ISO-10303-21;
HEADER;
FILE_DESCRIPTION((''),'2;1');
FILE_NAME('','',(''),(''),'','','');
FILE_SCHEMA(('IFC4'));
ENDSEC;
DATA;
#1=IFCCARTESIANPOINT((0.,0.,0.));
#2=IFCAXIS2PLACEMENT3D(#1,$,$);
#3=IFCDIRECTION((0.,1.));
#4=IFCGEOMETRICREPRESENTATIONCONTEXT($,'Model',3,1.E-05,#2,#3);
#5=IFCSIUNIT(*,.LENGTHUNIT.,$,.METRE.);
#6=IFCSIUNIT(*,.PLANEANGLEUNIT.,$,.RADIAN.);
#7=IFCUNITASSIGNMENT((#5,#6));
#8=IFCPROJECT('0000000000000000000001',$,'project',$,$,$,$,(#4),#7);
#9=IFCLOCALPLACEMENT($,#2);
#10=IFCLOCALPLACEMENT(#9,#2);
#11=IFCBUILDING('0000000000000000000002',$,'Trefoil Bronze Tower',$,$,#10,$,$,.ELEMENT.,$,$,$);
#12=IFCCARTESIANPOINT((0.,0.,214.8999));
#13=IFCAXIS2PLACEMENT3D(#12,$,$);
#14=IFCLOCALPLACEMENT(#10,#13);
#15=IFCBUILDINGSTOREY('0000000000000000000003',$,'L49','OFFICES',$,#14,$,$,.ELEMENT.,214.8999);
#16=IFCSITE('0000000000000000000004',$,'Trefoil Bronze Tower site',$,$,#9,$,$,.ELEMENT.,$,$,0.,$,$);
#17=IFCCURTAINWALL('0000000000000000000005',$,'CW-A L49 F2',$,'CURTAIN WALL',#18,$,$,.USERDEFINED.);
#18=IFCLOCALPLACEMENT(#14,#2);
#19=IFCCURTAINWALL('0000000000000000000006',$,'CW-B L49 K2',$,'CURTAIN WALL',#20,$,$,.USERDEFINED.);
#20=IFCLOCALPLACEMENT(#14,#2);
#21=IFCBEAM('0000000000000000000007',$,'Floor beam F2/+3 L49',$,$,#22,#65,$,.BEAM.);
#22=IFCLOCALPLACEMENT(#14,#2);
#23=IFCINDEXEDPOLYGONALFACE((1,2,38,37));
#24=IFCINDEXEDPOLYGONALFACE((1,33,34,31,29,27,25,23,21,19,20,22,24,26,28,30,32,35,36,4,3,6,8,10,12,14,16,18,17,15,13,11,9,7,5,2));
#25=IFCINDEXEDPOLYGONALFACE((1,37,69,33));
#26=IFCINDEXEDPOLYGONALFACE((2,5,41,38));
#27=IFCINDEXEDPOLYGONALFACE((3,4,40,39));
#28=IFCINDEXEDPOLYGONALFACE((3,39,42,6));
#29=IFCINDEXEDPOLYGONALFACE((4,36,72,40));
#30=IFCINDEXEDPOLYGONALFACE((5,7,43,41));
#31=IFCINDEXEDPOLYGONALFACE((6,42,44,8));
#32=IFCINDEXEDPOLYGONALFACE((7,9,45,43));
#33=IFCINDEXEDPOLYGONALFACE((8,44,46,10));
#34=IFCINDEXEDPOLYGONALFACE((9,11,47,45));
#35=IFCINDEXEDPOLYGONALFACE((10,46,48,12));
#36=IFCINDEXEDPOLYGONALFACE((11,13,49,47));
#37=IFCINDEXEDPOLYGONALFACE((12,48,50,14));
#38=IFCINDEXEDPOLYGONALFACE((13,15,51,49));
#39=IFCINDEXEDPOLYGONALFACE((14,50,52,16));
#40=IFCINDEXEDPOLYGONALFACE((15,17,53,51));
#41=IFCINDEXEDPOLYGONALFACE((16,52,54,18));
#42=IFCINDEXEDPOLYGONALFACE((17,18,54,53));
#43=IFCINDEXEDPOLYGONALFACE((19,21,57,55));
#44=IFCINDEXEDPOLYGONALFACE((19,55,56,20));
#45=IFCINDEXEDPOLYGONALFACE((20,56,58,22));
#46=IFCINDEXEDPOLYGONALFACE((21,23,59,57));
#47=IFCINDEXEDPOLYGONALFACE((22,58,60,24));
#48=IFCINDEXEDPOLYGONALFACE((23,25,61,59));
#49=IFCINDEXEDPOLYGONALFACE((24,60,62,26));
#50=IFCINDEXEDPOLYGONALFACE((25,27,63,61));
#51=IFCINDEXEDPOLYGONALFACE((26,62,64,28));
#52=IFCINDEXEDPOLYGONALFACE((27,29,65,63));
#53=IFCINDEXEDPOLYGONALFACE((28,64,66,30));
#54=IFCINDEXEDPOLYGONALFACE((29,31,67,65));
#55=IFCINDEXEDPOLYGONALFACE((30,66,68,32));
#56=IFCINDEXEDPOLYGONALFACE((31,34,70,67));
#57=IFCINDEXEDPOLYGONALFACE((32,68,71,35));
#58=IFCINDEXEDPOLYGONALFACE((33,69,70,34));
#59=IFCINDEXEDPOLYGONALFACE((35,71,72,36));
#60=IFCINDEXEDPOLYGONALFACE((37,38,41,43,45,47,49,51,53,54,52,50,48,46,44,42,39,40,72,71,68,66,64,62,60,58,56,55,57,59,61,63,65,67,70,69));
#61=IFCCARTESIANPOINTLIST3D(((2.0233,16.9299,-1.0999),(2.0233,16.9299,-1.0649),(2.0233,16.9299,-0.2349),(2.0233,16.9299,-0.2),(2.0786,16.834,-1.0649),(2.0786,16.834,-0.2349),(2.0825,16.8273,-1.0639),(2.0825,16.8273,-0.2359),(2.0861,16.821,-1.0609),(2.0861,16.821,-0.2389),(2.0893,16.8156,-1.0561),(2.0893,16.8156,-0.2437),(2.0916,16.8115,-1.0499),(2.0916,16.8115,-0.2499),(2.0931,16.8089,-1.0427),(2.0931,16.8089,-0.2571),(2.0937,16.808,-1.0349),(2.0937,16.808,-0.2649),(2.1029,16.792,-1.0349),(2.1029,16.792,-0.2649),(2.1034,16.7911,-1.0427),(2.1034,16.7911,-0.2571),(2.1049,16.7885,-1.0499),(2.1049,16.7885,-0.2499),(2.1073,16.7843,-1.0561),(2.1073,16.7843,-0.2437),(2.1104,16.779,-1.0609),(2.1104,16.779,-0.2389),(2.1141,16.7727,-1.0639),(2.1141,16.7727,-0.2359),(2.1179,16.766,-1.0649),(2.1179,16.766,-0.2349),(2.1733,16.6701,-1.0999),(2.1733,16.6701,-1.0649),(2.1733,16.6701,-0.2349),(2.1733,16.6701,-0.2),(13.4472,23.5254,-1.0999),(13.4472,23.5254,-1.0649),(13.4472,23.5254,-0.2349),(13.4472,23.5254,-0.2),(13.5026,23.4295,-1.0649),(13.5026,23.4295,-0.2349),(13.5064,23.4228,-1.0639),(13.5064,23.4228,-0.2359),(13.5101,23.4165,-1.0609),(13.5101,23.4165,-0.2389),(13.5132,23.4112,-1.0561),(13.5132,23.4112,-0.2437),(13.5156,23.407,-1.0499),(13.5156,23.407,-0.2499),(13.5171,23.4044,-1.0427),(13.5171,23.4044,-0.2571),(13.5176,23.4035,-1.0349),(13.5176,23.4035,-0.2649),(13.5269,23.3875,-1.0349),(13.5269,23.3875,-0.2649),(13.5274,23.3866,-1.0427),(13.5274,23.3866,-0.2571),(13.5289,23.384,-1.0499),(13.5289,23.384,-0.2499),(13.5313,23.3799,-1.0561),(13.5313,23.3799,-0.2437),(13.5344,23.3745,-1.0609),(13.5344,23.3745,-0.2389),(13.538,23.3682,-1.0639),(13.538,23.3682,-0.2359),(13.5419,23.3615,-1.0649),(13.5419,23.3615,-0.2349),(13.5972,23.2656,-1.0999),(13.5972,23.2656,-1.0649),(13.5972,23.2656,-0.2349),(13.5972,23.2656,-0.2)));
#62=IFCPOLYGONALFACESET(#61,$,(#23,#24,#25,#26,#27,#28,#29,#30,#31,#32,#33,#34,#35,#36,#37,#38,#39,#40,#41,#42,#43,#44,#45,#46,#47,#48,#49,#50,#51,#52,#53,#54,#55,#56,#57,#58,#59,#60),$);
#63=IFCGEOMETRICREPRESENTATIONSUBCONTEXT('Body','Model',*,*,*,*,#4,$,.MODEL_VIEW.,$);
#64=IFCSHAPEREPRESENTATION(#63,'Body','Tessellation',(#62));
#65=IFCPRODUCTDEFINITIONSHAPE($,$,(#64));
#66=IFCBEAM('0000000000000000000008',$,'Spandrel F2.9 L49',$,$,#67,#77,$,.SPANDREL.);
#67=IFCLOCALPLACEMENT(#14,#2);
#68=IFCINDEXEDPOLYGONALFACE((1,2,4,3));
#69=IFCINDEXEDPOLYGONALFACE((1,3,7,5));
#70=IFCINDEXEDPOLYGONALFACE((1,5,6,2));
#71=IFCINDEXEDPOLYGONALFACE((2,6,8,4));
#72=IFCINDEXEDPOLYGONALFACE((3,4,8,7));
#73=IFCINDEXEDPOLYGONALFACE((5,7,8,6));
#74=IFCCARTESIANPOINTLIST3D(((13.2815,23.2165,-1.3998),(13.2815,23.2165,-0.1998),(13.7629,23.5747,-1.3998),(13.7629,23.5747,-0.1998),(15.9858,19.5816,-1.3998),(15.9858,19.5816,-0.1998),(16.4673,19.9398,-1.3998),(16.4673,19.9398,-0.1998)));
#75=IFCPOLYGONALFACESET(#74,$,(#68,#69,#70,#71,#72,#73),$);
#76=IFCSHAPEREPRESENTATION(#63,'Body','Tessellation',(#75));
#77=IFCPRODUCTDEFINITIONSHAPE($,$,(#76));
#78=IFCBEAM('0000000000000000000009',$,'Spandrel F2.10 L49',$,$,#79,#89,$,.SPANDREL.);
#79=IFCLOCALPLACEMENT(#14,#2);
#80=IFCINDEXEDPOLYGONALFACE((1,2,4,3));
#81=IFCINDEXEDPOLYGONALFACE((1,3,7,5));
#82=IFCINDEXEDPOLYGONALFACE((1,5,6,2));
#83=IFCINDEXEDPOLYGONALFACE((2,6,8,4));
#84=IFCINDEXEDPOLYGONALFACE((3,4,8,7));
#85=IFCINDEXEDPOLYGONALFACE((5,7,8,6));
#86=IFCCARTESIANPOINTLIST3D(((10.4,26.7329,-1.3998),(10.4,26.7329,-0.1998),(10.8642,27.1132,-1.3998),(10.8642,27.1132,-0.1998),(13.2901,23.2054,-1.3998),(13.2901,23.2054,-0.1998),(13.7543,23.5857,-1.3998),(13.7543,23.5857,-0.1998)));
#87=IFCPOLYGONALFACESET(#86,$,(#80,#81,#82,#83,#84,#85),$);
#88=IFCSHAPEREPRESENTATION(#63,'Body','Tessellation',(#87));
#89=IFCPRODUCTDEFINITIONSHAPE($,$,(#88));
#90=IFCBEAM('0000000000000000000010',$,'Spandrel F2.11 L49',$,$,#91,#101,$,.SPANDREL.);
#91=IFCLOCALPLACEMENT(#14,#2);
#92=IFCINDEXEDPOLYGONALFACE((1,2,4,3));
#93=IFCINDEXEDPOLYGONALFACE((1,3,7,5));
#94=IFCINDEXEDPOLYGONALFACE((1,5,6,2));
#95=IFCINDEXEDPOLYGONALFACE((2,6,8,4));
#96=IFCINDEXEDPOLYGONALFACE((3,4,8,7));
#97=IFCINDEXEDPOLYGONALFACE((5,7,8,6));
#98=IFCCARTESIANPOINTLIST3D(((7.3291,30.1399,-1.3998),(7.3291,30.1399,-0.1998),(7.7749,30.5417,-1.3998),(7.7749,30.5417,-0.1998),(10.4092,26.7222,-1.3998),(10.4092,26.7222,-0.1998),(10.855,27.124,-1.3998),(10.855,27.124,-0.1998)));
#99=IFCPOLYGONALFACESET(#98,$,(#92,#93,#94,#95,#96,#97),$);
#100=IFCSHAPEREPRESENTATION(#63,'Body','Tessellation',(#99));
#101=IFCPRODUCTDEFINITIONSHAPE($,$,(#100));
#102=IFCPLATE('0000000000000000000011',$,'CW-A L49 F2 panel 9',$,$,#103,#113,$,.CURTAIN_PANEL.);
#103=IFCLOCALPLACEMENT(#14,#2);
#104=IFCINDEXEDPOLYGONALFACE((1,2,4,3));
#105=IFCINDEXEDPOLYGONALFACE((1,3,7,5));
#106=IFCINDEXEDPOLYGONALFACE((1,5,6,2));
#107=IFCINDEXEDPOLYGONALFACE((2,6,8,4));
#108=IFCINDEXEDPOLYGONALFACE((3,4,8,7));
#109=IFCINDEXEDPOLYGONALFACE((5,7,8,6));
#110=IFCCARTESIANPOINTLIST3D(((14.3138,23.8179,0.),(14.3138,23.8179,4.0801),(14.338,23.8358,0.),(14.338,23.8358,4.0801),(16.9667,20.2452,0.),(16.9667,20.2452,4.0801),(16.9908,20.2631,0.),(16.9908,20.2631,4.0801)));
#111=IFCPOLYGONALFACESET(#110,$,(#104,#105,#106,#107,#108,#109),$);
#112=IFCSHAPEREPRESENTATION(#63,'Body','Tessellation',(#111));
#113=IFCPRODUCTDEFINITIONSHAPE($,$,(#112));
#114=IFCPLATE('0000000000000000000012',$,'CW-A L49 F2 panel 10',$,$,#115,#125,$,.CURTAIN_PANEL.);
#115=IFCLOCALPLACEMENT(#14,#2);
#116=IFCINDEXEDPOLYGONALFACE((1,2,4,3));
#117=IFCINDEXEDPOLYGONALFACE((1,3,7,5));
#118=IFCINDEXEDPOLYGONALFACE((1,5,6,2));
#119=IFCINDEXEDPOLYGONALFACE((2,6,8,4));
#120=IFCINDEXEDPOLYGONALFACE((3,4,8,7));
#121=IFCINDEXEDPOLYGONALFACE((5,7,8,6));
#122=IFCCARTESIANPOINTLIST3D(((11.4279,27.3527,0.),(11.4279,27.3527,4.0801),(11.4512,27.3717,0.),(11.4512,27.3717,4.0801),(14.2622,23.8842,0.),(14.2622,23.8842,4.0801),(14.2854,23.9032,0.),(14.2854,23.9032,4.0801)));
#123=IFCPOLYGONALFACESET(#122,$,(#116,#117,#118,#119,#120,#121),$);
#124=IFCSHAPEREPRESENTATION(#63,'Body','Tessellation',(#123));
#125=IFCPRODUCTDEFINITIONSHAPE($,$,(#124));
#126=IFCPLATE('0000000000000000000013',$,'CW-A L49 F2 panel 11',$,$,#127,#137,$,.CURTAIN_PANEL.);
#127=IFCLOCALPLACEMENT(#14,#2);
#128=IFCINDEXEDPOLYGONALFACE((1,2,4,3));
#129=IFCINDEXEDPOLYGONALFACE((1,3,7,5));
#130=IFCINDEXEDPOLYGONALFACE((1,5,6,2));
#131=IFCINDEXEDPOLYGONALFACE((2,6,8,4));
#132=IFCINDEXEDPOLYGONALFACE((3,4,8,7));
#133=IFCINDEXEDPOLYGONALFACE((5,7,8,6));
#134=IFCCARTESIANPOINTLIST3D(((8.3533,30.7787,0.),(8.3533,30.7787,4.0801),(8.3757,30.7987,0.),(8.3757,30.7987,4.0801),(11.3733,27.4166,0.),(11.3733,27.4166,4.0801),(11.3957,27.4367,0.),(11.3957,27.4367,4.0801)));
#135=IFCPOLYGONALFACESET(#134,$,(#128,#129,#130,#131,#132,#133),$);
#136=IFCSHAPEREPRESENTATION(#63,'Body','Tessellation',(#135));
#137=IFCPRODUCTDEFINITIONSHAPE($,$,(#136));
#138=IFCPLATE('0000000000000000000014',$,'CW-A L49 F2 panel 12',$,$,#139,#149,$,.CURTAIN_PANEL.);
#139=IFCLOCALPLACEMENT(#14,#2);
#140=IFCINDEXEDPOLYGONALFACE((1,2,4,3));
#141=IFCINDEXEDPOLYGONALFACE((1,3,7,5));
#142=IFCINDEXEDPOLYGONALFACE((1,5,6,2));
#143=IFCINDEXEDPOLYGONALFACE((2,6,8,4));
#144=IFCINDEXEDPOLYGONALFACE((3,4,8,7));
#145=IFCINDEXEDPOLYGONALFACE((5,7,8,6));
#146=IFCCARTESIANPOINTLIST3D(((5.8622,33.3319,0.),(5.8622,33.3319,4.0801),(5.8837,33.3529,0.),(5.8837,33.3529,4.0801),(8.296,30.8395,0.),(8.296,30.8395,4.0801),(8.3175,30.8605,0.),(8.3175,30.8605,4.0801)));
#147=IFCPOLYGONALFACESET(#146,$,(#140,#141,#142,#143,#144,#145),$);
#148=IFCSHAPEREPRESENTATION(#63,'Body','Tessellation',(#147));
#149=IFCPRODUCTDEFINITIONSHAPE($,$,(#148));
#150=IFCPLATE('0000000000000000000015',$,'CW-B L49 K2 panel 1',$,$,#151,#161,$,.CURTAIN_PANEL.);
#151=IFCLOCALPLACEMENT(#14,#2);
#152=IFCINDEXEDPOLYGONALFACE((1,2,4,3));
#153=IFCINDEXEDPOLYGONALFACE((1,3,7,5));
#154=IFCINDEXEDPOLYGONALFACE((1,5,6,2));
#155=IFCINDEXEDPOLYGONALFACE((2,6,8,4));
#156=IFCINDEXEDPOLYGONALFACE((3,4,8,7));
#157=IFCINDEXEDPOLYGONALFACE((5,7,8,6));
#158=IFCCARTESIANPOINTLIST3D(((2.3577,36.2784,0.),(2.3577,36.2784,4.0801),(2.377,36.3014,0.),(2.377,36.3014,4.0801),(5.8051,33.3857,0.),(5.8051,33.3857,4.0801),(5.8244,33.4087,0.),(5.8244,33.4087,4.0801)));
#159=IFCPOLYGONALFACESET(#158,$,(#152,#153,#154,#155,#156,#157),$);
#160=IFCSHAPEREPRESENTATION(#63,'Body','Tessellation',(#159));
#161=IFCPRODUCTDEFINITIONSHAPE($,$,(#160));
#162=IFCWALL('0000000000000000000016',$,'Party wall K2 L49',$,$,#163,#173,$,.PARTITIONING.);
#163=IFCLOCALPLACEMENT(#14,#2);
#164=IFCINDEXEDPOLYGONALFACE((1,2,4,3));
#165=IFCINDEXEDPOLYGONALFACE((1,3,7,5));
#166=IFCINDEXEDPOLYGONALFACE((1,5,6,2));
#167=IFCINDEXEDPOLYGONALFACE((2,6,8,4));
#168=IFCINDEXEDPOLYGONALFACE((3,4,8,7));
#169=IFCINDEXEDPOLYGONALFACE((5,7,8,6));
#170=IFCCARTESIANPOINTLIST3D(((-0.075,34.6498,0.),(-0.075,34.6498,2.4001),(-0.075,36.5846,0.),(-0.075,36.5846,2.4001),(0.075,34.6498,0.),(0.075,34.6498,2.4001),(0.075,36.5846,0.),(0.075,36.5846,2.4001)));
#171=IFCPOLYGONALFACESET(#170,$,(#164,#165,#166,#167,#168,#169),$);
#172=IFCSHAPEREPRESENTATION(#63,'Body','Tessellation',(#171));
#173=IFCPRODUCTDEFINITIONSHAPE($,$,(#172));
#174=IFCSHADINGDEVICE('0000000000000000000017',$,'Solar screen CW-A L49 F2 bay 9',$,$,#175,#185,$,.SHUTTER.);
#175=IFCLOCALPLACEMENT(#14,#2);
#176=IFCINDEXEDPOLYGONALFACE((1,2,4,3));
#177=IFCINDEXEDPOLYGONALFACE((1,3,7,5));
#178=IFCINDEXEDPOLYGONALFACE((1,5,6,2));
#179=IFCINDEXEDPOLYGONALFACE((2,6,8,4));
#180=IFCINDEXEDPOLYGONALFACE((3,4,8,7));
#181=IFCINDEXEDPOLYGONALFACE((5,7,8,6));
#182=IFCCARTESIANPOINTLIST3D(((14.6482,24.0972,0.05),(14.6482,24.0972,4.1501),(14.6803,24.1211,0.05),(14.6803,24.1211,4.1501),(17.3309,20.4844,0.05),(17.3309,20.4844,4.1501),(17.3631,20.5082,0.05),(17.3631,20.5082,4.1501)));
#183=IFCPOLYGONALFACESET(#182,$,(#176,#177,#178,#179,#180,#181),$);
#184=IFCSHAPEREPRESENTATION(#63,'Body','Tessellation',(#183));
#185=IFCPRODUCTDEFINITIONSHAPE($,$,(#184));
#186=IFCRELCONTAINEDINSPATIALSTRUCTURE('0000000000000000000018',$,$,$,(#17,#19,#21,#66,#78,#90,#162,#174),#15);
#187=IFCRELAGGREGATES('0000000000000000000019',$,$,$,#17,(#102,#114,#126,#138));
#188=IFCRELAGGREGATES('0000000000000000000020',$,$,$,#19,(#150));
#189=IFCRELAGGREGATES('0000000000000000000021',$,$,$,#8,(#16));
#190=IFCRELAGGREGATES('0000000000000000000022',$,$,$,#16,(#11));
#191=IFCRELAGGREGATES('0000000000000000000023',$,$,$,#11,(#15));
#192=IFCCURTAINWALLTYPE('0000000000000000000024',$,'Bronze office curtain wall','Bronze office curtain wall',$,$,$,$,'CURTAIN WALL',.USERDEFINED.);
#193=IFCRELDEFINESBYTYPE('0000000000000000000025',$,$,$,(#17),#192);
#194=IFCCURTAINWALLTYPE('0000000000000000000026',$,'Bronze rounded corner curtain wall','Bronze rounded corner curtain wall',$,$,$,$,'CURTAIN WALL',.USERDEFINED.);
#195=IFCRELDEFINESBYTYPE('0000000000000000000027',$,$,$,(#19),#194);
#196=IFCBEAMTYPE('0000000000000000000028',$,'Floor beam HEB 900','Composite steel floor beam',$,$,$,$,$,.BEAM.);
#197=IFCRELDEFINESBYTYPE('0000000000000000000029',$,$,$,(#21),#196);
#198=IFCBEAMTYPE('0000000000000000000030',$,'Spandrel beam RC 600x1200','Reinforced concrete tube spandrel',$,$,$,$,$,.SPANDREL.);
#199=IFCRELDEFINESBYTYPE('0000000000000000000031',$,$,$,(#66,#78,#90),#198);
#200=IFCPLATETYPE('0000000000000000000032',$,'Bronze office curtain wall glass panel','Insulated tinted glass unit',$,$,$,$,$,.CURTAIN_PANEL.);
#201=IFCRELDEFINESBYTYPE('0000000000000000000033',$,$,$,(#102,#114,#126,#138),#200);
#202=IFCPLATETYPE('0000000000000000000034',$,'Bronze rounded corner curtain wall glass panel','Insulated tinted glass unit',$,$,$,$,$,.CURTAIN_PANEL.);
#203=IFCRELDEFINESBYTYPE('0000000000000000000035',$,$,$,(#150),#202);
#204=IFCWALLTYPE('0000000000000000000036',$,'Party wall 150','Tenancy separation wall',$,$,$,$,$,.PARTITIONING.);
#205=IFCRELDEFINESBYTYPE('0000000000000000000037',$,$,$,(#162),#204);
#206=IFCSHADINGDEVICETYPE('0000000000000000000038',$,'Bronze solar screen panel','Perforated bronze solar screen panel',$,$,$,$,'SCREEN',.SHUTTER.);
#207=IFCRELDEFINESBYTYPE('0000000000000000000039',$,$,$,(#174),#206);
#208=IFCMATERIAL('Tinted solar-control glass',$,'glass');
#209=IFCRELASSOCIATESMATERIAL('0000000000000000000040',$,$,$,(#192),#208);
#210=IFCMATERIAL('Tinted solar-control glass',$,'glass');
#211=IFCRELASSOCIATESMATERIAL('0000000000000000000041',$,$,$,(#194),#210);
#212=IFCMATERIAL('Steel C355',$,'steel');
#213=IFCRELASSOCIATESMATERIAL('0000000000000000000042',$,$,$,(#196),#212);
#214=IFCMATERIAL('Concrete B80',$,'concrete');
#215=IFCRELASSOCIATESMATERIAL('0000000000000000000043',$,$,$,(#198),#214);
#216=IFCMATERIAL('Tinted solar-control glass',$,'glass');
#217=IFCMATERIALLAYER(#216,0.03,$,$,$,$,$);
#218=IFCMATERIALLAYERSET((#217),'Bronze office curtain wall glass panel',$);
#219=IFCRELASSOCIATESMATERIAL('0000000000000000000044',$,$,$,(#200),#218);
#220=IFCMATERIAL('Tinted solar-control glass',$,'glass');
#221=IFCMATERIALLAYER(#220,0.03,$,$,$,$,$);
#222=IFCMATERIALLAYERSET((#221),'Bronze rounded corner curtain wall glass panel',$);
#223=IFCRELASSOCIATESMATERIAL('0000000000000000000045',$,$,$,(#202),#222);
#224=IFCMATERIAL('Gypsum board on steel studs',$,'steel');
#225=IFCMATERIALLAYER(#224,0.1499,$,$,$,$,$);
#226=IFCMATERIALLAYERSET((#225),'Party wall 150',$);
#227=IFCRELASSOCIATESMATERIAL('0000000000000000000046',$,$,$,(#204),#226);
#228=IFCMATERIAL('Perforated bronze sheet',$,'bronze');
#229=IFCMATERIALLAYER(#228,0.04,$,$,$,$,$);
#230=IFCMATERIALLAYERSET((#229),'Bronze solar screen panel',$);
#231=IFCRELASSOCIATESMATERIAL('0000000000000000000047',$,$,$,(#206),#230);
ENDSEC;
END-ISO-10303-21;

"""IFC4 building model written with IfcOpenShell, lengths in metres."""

from ifc_helpers import new_model, si_unit, direction, frame, frame_2d, origin, origin_2d, place, context, subcontext, project, spatial, rectangle, i_section, extrude, material, layer, layer_set, material_profile, profile_set, type_object, element, aggregate, save


model = new_model("IFC4")

# Units and contexts
model_context = context("Model", 3, precision=1e-05, world=origin(), true_north=direction((0.0, 1.0)))
body_context = subcontext(model_context, "Body", "Model", "MODEL_VIEW")
ifc_project = project(units=[si_unit("LENGTHUNIT", "METRE"), si_unit("PLANEANGLEUNIT", "RADIAN")], contexts=[model_context])

# Site, building, storey
site_placement = place(None, origin())
site = spatial("IfcSite", under=ifc_project, at=site_placement, Name="Trefoil Bronze Tower site", CompositionType="ELEMENT", RefElevation=0.0)
building_placement = place(site_placement, origin())
building = spatial("IfcBuilding", under=site, at=building_placement, Name="Trefoil Bronze Tower", CompositionType="ELEMENT")
storey_placement = place(building_placement, frame((0.0, 0.0, 214.8999)))
storey = spatial("IfcBuildingStorey", under=building, at=storey_placement, Name="L49", Description="OFFICES", CompositionType="ELEMENT", Elevation=214.8999)

# Curtain walls
ifc_material_1 = material(Name="Tinted solar-control glass", Category="glass")
curtain_wall_type_1 = type_object("IfcCurtainWallType", Name="Bronze office curtain wall", Description="Bronze office curtain wall", ElementType="CURTAIN WALL", PredefinedType="USERDEFINED", material=ifc_material_1)
curtain_wall_1_placement = place(storey_placement, origin())
curtain_wall_1 = element("IfcCurtainWall", 1, at=curtain_wall_1_placement, inside=storey, type_object=curtain_wall_type_1, Name="CW-A L49 F2", ObjectType="CURTAIN WALL", PredefinedType="USERDEFINED")
ifc_material_2 = material(Name="Tinted solar-control glass", Category="glass")
curtain_wall_type_2 = type_object("IfcCurtainWallType", Name="Bronze rounded corner curtain wall", Description="Bronze rounded corner curtain wall", ElementType="CURTAIN WALL", PredefinedType="USERDEFINED", material=ifc_material_2)
curtain_wall_2_placement = place(storey_placement, origin())
curtain_wall_2 = element("IfcCurtainWall", 2, at=curtain_wall_2_placement, inside=storey, type_object=curtain_wall_type_2, Name="CW-B L49 K2", ObjectType="CURTAIN WALL", PredefinedType="USERDEFINED")

# Beams
ifc_material_3 = material(Name="Steel C355", Category="steel")
ifc_material_profile_1 = material_profile(ifc_material_3, i_section(OverallWidth=0.3, OverallDepth=0.8999, WebThickness=0.0186, FlangeThickness=0.0349, FilletRadius=0.03, at=origin_2d()), Name="HEB 900")
ifc_profile_set_1 = profile_set([ifc_material_profile_1], Name="Steel C355")
beam_type_1 = type_object("IfcBeamType", Name="Floor beam HEB 900", Description="Composite steel floor beam", PredefinedType="BEAM", material=ifc_profile_set_1)
beam_1_placement = place(storey_placement, frame((13.5222, 23.3955, -0.6499), z_axis=(-0.866028, -0.499995, 0.0), x_axis=(0.499995, -0.866028, 0.0)))
element("IfcBeam", 3, at=beam_1_placement, inside=storey, type_object=beam_type_1, Name="Floor beam F2/+3 L49", PredefinedType="BEAM", context=body_context, shape_type="SweptSolid", body=[
    extrude(i_section(OverallWidth=0.3, OverallDepth=0.8999, WebThickness=0.0186, FlangeThickness=0.0349, FilletRadius=0.03, at=origin_2d()), origin(), (0.0, 0.0, 1.0), 13.1912),
])
ifc_material_4 = material(Name="Concrete B80", Category="concrete")
ifc_material_profile_2 = material_profile(ifc_material_4, rectangle(XDim=0.6001, YDim=1.2, at=origin_2d()), Name="RC 600x1200")
ifc_profile_set_2 = profile_set([ifc_material_profile_2], Name="Concrete B80")
beam_type_2 = type_object("IfcBeamType", Name="Spandrel beam RC 600x1200", Description="Reinforced concrete tube spandrel", PredefinedType="SPANDREL", material=ifc_profile_set_2)
beam_2_placement = place(storey_placement, frame((16.2266, 19.7607, -0.7998), z_axis=(-0.596926, 0.802296, 0.0), x_axis=(-0.802296, -0.596926, 0.0)))
element("IfcBeam", 4, at=beam_2_placement, inside=storey, type_object=beam_type_2, Name="Spandrel F2.9 L49", PredefinedType="SPANDREL", context=body_context, shape_type="SweptSolid", body=[
    extrude(rectangle(XDim=0.6001, YDim=1.2, at=origin_2d()), origin(), (0.0, 0.0, 1.0), 4.5305),
])
beam_3_placement = place(storey_placement, frame((13.5222, 23.3955, -0.7998), z_axis=(-0.633754, 0.773535, 0.0), x_axis=(-0.773535, -0.633754, 0.0)))
element("IfcBeam", 5, at=beam_3_placement, inside=storey, type_object=beam_type_2, Name="Spandrel F2.10 L49", PredefinedType="SPANDREL", context=body_context, shape_type="SweptSolid", body=[
    extrude(rectangle(XDim=0.6001, YDim=1.2, at=origin_2d()), origin(), (0.0, 0.0, 1.0), 4.5603),
])
beam_4_placement = place(storey_placement, frame((10.6321, 26.9231, -0.7998), z_axis=(-0.66946, 0.742848, 0.0), x_axis=(-0.742848, -0.66946, 0.0)))
element("IfcBeam", 6, at=beam_4_placement, inside=storey, type_object=beam_type_2, Name="Spandrel F2.11 L49", PredefinedType="SPANDREL", context=body_context, shape_type="SweptSolid", body=[
    extrude(rectangle(XDim=0.6001, YDim=1.2, at=origin_2d()), origin(), (0.0, 0.0, 1.0), 4.6008),
])

# Plates
ifc_material_5 = material(Name="Tinted solar-control glass", Category="glass")
ifc_layer_1 = layer(ifc_material_5, 0.03)
ifc_layer_set_1 = layer_set([ifc_layer_1], Name="Bronze office curtain wall glass panel")
plate_type_1 = type_object("IfcPlateType", Name="Bronze office curtain wall glass panel", Description="Insulated tinted glass unit", PredefinedType="CURTAIN_PANEL", material=ifc_layer_set_1)
plate_1_placement = place(storey_placement, frame((15.6523, 22.0405, 0.0), z_axis=(0.0, 0.0, 1.0), x_axis=(-0.596162, 0.802865, 0.0)))
plate_1 = element("IfcPlate", 7, at=plate_1_placement, type_object=plate_type_1, Name="CW-A L49 F2 panel 9", PredefinedType="CURTAIN_PANEL", context=body_context, shape_type="SweptSolid", body=[
    extrude(rectangle(XDim=4.45, YDim=0.03, at=origin_2d()), origin(), (0.0, 0.0, 1.0), 4.0801),
])
plate_2_placement = place(storey_placement, frame((12.8567, 25.6279, 0.0), z_axis=(0.0, 0.0, 1.0), x_axis=(-0.632753, 0.774354, 0.0)))
plate_2 = element("IfcPlate", 8, at=plate_2_placement, type_object=plate_type_1, Name="CW-A L49 F2 panel 10", PredefinedType="CURTAIN_PANEL", context=body_context, shape_type="SweptSolid", body=[
    extrude(rectangle(XDim=4.4792, YDim=0.03, at=origin_2d()), origin(), (0.0, 0.0, 1.0), 4.0801),
])
plate_3_placement = place(storey_placement, frame((9.8745, 29.1077, 0.0), z_axis=(0.0, 0.0, 1.0), x_axis=(-0.668246, 0.743941, 0.0)))
plate_3 = element("IfcPlate", 9, at=plate_3_placement, type_object=plate_type_1, Name="CW-A L49 F2 panel 11", PredefinedType="CURTAIN_PANEL", context=body_context, shape_type="SweptSolid", body=[
    extrude(rectangle(XDim=4.5193, YDim=0.03, at=origin_2d()), origin(), (0.0, 0.0, 1.0), 4.0801),
])
plate_4_placement = place(storey_placement, frame((7.0898, 32.0962, 0.0), z_axis=(0.0, 0.0, 1.0), x_axis=(-0.698652, 0.715462, 0.0)))
plate_4 = element("IfcPlate", 10, at=plate_4_placement, type_object=plate_type_1, Name="CW-A L49 F2 panel 12", PredefinedType="CURTAIN_PANEL", context=body_context, shape_type="SweptSolid", body=[
    extrude(rectangle(XDim=3.4836, YDim=0.03, at=origin_2d()), origin(), (0.0, 0.0, 1.0), 4.0801),
])
aggregate(curtain_wall_1, [plate_1, plate_2, plate_3, plate_4])
ifc_material_6 = material(Name="Tinted solar-control glass", Category="glass")
ifc_layer_2 = layer(ifc_material_6, 0.03)
ifc_layer_set_2 = layer_set([ifc_layer_2], Name="Bronze rounded corner curtain wall glass panel")
plate_type_2 = type_object("IfcPlateType", Name="Bronze rounded corner curtain wall glass panel", Description="Insulated tinted glass unit", PredefinedType="CURTAIN_PANEL", material=ifc_layer_set_2)
plate_5_placement = place(storey_placement, frame((4.0911, 34.8435, 0.0), z_axis=(0.0, 0.0, 1.0), x_axis=(-0.766044, 0.642788, 0.0)))
plate_5 = element("IfcPlate", 11, at=plate_5_placement, type_object=plate_type_2, Name="CW-B L49 K2 panel 1", PredefinedType="CURTAIN_PANEL", context=body_context, shape_type="SweptSolid", body=[
    extrude(rectangle(XDim=4.5002, YDim=0.03, at=origin_2d()), origin(), (0.0, 0.0, 1.0), 4.0801),
])
aggregate(curtain_wall_2, [plate_5])

# Wall
ifc_material_7 = material(Name="Gypsum board on steel studs", Category="steel")
ifc_layer_3 = layer(ifc_material_7, 0.1499)
ifc_layer_set_3 = layer_set([ifc_layer_3], Name="Party wall 150")
wall_type = type_object("IfcWallType", Name="Party wall 150", Description="Tenancy separation wall", PredefinedType="PARTITIONING", material=ifc_layer_set_3)
wall_placement = place(storey_placement, frame((0.0, 34.6499, 0.0), z_axis=(0.0, 0.0, 1.0), x_axis=(0.0, 1.0, 0.0)))
element("IfcWall", 12, at=wall_placement, inside=storey, type_object=wall_type, Name="Party wall K2 L49", PredefinedType="PARTITIONING", context=body_context, shape_type="SweptSolid", body=[
    extrude(rectangle(XDim=1.9348, YDim=0.1499, at=frame_2d((0.9673, 0.0))), origin(), (0.0, 0.0, 1.0), 2.4001),
])

# Shading device
ifc_material_8 = material(Name="Perforated bronze sheet", Category="bronze")
ifc_layer_4 = layer(ifc_material_8, 0.04)
ifc_layer_set_4 = layer_set([ifc_layer_4], Name="Bronze solar screen panel")
shading_device_type = type_object("IfcShadingDeviceType", Name="Bronze solar screen panel", Description="Perforated bronze solar screen panel", ElementType="SCREEN", PredefinedType="SHUTTER", material=ifc_layer_set_4)
shading_device_1_placement = place(storey_placement, frame((16.0056, 22.3027, 0.05), z_axis=(0.0, 0.0, 1.0), x_axis=(-0.596162, 0.802865, 0.0)))
element("IfcShadingDevice", 13, at=shading_device_1_placement, inside=storey, type_object=shading_device_type, Name="Solar screen CW-A L49 F2 bay 9", PredefinedType="SHUTTER", context=body_context, shape_type="SweptSolid", body=[
    extrude(rectangle(XDim=4.5, YDim=0.04, at=origin_2d()), origin(), (0.0, 0.0, 1.0), 4.1001),
])

save(model, "model.ifc")
